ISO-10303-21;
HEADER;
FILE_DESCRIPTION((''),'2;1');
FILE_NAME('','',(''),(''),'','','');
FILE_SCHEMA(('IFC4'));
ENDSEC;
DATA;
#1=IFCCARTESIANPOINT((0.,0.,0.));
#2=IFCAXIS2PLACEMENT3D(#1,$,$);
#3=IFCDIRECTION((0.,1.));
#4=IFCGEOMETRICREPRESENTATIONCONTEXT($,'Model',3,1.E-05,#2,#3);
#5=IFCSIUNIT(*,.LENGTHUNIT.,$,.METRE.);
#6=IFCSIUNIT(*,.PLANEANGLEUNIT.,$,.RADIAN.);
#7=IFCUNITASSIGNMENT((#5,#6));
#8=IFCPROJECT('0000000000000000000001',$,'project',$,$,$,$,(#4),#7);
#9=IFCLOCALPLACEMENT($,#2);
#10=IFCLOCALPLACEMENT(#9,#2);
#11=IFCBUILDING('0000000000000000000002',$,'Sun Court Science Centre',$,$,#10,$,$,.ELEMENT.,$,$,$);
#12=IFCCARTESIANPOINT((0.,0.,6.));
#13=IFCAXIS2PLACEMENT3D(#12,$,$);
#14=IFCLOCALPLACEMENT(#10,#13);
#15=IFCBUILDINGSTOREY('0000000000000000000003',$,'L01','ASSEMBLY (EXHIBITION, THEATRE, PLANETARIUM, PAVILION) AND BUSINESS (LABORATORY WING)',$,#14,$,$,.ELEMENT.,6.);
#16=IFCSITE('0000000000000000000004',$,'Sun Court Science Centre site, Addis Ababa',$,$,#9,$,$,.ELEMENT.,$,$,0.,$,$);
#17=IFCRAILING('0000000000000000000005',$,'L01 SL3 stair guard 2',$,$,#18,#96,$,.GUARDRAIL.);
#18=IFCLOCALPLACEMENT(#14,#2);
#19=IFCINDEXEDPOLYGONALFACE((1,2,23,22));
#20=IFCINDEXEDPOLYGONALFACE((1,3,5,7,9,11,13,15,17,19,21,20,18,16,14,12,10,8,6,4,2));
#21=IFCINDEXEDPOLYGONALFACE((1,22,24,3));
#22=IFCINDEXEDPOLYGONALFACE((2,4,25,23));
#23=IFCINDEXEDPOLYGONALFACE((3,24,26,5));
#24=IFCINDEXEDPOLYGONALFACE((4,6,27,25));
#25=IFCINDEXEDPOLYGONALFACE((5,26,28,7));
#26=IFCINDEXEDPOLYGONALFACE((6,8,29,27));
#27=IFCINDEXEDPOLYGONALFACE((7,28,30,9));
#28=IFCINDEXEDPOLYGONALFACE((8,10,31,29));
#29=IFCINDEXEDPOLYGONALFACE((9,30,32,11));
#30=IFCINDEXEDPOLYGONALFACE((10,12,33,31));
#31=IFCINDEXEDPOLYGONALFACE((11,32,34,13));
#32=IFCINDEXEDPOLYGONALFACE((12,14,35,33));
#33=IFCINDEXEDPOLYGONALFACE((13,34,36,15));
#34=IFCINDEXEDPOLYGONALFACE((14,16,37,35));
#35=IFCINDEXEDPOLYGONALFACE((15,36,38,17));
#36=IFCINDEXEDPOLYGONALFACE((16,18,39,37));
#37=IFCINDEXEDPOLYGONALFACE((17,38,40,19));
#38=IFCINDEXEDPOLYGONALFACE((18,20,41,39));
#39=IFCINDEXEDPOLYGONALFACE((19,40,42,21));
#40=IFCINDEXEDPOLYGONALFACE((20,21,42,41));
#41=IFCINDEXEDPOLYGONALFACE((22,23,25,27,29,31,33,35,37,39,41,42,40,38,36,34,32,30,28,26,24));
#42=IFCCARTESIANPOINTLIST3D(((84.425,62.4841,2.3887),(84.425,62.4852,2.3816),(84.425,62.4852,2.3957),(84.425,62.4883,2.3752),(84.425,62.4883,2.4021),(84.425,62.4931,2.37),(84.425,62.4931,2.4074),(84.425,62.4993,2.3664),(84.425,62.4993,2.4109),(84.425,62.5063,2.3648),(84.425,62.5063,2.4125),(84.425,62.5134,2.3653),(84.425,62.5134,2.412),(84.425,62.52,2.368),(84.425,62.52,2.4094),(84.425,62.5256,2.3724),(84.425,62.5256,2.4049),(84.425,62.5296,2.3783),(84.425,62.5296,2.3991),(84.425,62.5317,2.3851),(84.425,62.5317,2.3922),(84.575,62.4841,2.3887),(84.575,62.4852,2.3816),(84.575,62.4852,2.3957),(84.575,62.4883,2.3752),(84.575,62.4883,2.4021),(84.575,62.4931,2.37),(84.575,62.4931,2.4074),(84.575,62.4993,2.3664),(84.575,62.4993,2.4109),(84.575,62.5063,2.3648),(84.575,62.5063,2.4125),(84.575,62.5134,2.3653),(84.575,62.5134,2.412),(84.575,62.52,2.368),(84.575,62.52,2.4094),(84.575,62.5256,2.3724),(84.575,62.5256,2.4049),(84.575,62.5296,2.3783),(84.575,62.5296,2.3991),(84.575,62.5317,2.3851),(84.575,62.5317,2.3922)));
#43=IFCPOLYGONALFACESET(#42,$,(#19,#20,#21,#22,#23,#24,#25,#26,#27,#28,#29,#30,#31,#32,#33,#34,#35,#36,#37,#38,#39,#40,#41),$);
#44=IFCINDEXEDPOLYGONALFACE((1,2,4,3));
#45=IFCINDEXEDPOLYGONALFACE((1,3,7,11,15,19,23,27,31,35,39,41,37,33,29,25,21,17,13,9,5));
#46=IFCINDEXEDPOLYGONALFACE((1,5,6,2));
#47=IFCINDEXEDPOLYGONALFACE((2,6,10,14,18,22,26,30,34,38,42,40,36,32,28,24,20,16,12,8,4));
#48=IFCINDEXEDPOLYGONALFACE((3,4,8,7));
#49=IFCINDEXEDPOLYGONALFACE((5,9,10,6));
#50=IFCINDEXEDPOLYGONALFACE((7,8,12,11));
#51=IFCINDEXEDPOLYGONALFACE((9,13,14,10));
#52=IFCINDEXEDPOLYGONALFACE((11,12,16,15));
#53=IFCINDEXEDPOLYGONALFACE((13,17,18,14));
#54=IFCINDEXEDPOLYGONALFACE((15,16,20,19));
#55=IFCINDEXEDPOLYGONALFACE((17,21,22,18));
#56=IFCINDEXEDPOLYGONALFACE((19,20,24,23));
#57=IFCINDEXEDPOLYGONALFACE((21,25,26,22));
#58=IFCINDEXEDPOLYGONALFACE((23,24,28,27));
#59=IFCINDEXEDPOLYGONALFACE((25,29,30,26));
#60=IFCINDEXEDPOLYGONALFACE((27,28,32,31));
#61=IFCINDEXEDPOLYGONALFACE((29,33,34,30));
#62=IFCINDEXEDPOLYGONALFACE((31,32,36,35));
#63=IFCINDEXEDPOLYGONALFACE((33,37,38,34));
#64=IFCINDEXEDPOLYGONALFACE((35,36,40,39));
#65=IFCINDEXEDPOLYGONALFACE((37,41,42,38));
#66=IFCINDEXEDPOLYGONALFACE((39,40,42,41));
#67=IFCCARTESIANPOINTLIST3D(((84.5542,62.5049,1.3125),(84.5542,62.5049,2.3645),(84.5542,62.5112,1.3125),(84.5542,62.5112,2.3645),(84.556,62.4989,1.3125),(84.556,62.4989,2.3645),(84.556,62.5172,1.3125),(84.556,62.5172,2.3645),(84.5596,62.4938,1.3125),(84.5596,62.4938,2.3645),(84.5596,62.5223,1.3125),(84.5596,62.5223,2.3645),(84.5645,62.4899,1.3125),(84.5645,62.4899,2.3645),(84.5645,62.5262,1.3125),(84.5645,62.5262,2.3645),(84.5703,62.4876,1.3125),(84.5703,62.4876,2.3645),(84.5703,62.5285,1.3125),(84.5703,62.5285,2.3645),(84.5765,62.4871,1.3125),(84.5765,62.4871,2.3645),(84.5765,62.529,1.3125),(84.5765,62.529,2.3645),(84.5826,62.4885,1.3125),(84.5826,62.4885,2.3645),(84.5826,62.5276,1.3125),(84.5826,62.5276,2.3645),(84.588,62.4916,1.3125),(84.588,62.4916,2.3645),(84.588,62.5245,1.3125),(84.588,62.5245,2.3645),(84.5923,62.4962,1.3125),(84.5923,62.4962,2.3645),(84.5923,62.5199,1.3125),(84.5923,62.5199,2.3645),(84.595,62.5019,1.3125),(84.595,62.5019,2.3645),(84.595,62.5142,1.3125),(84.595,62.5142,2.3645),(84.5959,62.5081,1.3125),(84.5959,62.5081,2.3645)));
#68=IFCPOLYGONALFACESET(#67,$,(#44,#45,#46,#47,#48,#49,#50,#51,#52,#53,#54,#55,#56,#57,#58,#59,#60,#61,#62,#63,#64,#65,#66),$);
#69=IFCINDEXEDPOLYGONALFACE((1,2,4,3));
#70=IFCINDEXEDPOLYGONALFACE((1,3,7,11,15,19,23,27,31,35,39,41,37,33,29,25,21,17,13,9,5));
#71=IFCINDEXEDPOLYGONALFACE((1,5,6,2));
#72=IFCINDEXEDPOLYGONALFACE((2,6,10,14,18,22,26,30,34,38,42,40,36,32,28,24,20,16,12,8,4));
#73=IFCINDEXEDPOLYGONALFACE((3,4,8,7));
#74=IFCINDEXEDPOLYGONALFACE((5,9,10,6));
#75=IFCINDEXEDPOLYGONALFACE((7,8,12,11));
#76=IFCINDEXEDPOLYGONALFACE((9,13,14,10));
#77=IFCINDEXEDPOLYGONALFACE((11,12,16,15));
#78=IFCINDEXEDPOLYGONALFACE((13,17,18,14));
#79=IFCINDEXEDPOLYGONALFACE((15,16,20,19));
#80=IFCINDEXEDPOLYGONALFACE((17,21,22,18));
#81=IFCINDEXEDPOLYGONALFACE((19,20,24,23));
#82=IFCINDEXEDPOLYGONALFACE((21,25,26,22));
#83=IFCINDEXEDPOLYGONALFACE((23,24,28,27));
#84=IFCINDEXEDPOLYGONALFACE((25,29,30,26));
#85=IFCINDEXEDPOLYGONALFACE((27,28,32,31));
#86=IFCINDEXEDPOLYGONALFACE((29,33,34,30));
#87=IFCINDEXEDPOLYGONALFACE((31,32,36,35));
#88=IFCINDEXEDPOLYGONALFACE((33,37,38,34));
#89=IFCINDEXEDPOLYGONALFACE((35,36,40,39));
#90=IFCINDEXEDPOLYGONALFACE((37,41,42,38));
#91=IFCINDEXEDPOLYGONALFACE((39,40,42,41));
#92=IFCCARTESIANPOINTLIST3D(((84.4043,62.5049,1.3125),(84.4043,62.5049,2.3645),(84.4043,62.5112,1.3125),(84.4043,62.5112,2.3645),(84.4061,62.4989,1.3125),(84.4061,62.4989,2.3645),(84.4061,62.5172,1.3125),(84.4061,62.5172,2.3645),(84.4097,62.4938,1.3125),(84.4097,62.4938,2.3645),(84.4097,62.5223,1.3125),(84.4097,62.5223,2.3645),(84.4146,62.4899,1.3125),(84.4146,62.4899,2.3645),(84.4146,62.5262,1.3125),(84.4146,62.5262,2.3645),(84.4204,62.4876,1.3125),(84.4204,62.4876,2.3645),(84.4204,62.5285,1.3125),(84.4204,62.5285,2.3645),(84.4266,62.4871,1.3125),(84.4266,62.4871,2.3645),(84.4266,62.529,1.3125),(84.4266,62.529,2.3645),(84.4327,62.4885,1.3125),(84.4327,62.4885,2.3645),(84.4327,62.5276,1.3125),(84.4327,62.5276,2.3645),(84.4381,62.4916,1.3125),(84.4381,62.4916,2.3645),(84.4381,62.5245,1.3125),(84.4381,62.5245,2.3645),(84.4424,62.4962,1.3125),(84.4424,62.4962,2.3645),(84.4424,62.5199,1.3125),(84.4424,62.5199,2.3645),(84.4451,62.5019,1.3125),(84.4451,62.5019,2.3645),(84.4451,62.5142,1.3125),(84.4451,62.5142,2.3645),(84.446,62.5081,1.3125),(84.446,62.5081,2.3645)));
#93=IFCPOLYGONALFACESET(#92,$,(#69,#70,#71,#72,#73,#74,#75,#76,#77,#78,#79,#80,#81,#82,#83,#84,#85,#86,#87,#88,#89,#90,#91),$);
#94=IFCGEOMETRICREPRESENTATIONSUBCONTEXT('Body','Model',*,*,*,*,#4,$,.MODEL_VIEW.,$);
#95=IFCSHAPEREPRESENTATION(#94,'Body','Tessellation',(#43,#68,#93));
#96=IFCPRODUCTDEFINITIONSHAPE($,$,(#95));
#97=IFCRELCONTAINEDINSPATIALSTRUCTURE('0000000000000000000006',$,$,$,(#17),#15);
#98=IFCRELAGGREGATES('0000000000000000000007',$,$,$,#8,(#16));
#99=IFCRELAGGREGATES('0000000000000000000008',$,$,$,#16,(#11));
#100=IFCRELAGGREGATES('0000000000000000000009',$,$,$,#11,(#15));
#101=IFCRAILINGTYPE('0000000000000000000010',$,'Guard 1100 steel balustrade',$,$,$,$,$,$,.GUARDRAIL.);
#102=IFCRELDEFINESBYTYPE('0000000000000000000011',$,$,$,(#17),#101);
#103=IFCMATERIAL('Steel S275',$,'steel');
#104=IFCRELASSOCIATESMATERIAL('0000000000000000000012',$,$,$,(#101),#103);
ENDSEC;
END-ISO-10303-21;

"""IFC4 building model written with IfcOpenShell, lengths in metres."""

from ifc_helpers import new_model, si_unit, direction, frame, origin, origin_2d, place, context, subcontext, project, spatial, circle, extrude, material, type_object, element, save


model = new_model("IFC4")

# Units and contexts
model_context = context("Model", 3, precision=1e-05, world=origin(), true_north=direction((0.0, 1.0)))
body_context = subcontext(model_context, "Body", "Model", "MODEL_VIEW")
ifc_project = project(units=[si_unit("LENGTHUNIT", "METRE"), si_unit("PLANEANGLEUNIT", "RADIAN")], contexts=[model_context])

# Site, building, storey
site_placement = place(None, origin())
site = spatial("IfcSite", under=ifc_project, at=site_placement, Name="Sun Court Science Centre site, Addis Ababa", CompositionType="ELEMENT", RefElevation=0.0)
building_placement = place(site_placement, origin())
building = spatial("IfcBuilding", under=site, at=building_placement, Name="Sun Court Science Centre", CompositionType="ELEMENT")
storey_placement = place(building_placement, frame((0.0, 0.0, 6.0)))
storey = spatial("IfcBuildingStorey", under=building, at=storey_placement, Name="L01", Description="ASSEMBLY (EXHIBITION, THEATRE, PLANETARIUM, PAVILION) AND BUSINESS (LABORATORY WING)", CompositionType="ELEMENT", Elevation=6.0)

# Railing
ifc_material_1 = material(Name="Steel S275", Category="steel")
railing_type_1 = type_object("IfcRailingType", Name="Guard 1100 steel balustrade", PredefinedType="GUARDRAIL", material=ifc_material_1)
railing_1_placement = place(storey_placement, frame((84.575, 62.5081, 1.3125)))
element("IfcRailing", 1, at=railing_1_placement, inside=storey, type_object=railing_type_1, Name="L01 SL3 stair guard 2", PredefinedType="GUARDRAIL", context=body_context, shape_type="SweptSolid", body=[
    extrude(circle(Radius=0.0239, at=origin_2d()), frame((0.0, 0.0, 1.0762), z_axis=(-1.0, 0.0, 0.0), x_axis=(0.0, -1.0, 0.0)), (0.0, 0.0, 1.0), 0.1499),
    extrude(circle(Radius=0.021, at=origin_2d()), origin(), (0.0, 0.0, 1.0), 1.052),
    extrude(circle(Radius=0.021, at=origin_2d()), frame((-0.1499, 0.0, 0.0)), (0.0, 0.0, 1.0), 1.052),
])

save(model, "model.ifc")
